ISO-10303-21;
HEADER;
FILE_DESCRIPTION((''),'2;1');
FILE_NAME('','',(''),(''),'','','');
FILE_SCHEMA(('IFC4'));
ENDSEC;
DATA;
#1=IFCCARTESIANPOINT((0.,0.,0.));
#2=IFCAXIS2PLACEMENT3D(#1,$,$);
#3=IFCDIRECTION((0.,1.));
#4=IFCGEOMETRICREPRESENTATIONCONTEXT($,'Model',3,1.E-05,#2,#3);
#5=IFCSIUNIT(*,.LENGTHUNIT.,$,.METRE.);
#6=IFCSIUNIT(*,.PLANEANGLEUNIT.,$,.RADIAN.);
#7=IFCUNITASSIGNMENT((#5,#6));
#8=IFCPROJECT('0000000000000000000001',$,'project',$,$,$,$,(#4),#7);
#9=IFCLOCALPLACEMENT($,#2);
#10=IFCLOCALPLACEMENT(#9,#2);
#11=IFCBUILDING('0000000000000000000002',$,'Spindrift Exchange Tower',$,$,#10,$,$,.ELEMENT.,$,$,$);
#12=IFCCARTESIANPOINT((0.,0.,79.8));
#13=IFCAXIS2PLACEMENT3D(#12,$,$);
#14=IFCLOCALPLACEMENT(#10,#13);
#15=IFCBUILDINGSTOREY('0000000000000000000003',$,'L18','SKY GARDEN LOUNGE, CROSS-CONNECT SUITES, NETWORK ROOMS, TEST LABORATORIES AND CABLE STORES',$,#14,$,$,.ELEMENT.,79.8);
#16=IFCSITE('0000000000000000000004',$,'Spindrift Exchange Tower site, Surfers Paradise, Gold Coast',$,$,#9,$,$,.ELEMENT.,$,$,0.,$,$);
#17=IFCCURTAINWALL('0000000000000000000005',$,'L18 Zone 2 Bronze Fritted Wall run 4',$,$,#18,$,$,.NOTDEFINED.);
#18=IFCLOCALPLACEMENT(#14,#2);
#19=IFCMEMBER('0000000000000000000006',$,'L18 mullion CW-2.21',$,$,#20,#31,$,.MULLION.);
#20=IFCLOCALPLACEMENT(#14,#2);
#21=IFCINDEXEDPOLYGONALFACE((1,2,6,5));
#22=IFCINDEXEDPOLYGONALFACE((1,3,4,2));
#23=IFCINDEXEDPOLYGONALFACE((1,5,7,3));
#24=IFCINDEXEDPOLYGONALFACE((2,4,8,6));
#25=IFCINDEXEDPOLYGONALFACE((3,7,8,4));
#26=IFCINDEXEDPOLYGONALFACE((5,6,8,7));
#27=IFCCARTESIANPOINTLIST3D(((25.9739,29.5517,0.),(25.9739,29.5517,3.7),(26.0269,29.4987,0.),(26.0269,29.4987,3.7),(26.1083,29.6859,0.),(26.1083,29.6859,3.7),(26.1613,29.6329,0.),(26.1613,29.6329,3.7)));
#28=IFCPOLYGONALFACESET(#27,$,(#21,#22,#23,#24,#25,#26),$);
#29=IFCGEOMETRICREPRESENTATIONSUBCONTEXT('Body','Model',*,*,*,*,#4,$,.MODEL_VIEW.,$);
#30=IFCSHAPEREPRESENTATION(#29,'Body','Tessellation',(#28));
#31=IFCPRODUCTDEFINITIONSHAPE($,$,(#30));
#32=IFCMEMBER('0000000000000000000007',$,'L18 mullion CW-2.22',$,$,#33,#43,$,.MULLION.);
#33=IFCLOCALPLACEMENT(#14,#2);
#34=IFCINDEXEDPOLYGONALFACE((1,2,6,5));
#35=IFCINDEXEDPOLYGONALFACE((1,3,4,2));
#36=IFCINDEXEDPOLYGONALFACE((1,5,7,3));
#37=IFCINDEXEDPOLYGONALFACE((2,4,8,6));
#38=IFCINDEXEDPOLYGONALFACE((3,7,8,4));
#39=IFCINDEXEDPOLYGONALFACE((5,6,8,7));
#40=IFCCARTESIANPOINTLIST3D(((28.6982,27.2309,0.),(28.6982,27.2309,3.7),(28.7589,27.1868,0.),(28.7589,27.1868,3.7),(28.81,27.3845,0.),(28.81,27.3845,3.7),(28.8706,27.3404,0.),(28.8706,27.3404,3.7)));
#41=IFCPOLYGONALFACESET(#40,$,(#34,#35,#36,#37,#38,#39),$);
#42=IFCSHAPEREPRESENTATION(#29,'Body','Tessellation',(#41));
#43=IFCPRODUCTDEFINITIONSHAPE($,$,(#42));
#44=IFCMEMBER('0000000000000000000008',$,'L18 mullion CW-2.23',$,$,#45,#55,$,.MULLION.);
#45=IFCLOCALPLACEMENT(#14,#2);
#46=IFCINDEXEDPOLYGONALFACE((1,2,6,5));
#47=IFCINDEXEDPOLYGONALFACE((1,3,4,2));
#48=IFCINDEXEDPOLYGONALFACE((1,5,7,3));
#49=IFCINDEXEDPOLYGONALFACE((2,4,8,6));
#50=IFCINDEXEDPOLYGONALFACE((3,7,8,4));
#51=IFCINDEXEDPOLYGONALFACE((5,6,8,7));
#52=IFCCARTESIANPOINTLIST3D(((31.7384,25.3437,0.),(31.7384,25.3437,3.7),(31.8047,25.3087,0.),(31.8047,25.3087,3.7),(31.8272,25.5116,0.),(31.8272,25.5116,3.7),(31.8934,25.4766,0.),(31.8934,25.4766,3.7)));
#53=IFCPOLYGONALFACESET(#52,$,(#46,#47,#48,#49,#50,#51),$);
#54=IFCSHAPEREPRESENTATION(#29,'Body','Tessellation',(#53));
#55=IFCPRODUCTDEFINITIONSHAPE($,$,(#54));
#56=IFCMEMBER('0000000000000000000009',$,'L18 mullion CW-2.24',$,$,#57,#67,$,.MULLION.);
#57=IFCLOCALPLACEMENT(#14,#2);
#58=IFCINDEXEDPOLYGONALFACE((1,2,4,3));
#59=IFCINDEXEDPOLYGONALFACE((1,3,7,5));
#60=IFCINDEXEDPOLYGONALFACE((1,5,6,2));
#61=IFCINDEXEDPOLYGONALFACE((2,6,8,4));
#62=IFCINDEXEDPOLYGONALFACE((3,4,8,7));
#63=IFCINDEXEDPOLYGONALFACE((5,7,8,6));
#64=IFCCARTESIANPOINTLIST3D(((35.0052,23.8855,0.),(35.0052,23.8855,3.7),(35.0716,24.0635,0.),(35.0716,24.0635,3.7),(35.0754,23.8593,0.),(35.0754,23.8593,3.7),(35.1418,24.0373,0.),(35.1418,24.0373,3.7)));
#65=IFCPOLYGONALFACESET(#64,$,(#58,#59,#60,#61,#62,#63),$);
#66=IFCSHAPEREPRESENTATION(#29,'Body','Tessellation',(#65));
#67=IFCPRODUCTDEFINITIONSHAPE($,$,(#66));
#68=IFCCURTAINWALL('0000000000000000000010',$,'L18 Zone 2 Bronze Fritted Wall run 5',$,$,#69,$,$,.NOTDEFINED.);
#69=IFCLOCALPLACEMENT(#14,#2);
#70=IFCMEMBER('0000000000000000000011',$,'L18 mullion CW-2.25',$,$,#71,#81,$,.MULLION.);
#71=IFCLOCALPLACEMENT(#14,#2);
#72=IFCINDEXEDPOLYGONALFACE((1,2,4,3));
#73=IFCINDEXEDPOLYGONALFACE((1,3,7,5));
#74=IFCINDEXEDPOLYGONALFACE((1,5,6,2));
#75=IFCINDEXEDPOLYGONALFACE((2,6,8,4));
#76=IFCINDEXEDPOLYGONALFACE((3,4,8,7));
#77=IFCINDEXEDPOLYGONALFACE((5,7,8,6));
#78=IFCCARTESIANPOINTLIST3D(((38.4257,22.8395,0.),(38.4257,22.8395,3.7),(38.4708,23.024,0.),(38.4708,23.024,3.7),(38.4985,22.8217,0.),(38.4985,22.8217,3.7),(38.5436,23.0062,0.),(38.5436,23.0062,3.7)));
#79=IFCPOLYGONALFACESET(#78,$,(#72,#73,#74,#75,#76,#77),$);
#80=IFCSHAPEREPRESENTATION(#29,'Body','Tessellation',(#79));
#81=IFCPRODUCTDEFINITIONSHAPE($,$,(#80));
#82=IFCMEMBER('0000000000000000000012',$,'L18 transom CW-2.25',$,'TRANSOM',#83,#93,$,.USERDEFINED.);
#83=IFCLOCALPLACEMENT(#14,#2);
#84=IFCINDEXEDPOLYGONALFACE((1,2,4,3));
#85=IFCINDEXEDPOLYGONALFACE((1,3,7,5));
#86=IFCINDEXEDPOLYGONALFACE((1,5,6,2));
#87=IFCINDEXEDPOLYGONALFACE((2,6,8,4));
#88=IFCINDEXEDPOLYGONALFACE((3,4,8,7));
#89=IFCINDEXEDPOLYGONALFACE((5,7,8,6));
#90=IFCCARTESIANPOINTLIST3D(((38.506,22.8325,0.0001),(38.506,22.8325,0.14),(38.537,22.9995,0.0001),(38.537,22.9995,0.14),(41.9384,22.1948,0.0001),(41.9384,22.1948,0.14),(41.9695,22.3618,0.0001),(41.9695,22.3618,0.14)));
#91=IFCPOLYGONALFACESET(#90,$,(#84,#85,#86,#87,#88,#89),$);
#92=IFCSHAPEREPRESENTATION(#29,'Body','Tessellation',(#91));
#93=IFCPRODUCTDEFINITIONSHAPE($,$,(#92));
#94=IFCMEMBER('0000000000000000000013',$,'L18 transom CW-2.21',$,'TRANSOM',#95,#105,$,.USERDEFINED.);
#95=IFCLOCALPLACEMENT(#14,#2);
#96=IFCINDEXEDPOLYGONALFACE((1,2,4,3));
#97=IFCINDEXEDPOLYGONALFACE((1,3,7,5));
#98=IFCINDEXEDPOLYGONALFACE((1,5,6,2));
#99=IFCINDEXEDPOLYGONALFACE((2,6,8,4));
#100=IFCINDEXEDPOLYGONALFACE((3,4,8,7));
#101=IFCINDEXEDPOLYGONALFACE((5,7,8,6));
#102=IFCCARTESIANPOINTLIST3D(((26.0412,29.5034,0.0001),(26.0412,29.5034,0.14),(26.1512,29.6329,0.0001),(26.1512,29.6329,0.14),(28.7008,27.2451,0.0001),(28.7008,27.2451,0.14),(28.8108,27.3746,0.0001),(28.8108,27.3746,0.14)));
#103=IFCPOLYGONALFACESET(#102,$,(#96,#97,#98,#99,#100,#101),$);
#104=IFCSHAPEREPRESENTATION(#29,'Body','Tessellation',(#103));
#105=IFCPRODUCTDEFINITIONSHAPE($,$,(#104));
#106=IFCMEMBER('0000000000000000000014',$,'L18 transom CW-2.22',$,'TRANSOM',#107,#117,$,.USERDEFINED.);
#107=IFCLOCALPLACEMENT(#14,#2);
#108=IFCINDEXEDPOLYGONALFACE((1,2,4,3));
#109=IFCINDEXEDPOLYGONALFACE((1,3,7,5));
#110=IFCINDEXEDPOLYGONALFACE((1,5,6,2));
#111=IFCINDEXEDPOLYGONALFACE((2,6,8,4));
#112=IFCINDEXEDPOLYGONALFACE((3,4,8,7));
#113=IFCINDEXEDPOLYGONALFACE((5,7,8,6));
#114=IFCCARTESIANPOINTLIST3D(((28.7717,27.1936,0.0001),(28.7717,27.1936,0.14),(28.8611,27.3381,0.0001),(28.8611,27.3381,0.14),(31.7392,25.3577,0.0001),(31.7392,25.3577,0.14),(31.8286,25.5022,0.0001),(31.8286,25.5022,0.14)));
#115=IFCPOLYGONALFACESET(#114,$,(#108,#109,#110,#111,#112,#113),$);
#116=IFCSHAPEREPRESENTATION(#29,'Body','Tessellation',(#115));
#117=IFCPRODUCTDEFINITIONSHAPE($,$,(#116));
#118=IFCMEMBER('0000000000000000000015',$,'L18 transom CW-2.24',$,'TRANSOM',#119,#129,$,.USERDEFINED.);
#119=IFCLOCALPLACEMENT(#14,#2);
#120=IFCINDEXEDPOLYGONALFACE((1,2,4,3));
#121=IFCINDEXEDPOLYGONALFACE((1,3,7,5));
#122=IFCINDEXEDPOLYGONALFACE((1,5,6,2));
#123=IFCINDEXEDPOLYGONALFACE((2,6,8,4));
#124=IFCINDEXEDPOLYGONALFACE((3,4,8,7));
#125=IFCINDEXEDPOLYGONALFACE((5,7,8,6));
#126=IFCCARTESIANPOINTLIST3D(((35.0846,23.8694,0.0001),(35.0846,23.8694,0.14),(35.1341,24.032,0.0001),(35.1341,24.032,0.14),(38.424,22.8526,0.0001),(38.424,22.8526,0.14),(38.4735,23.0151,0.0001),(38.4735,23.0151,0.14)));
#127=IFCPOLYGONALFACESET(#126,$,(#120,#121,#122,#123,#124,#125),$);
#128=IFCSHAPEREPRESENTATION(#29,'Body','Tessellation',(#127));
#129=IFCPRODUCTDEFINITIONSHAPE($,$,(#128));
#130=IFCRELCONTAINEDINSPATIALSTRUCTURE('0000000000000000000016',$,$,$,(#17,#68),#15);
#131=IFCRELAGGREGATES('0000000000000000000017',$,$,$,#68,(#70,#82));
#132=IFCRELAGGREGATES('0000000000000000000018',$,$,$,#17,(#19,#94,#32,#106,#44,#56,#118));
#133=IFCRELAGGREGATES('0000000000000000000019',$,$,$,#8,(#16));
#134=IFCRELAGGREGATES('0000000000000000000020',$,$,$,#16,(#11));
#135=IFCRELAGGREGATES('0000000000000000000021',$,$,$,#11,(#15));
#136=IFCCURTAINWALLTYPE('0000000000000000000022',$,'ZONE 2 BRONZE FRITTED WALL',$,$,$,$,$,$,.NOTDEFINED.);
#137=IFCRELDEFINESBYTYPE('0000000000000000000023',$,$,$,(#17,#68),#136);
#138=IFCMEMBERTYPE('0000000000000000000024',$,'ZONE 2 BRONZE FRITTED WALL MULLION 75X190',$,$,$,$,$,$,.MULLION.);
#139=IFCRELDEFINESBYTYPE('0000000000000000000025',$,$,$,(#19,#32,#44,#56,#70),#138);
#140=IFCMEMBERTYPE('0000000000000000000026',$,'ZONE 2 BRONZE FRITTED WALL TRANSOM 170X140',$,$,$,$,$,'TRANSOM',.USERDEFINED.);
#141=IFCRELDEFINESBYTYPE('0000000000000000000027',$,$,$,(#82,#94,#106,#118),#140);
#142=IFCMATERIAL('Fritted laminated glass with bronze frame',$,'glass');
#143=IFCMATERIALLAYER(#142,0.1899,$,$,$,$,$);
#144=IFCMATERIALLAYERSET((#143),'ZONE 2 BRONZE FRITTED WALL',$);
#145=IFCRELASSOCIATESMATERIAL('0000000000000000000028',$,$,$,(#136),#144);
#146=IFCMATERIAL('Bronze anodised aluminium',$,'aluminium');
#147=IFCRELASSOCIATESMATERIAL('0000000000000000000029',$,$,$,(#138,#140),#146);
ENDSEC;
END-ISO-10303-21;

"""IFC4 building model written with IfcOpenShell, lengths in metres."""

from ifc_helpers import new_model, si_unit, direction, frame, origin, origin_2d, place, context, subcontext, project, spatial, rectangle, extrude, source, transform, mapped, material, layer, layer_set, material_profile, profile_set, type_object, element, aggregate, save


model = new_model("IFC4")

# Units and contexts
model_context = context("Model", 3, precision=1e-05, world=origin(), true_north=direction((0.0, 1.0)))
body_context = subcontext(model_context, "Body", "Model", "MODEL_VIEW")
ifc_project = project(units=[si_unit("LENGTHUNIT", "METRE"), si_unit("PLANEANGLEUNIT", "RADIAN")], contexts=[model_context])

# Site, building, storey
site_placement = place(None, origin())
site = spatial("IfcSite", under=ifc_project, at=site_placement, Name="Spindrift Exchange Tower site, Surfers Paradise, Gold Coast", CompositionType="ELEMENT", RefElevation=0.0)
building_placement = place(site_placement, origin())
building = spatial("IfcBuilding", under=site, at=building_placement, Name="Spindrift Exchange Tower", CompositionType="ELEMENT")
storey_placement = place(building_placement, frame((0.0, 0.0, 79.8)))
storey = spatial("IfcBuildingStorey", under=building, at=storey_placement, Name="L18", Description="SKY GARDEN LOUNGE, CROSS-CONNECT SUITES, NETWORK ROOMS, TEST LABORATORIES AND CABLE STORES", CompositionType="ELEMENT", Elevation=79.8)

# Curtain walls, members
ifc_material_1 = material(Name="Fritted laminated glass with bronze frame", Category="glass")
ifc_layer_1 = layer(ifc_material_1, 0.1899)
ifc_layer_set_1 = layer_set([ifc_layer_1], Name="ZONE 2 BRONZE FRITTED WALL")
curtain_wall_type = type_object("IfcCurtainWallType", Name="ZONE 2 BRONZE FRITTED WALL", PredefinedType="NOTDEFINED", material=ifc_layer_set_1)
curtain_wall_1_placement = place(storey_placement, origin())
curtain_wall_1 = element("IfcCurtainWall", 1, at=curtain_wall_1_placement, inside=storey, type_object=curtain_wall_type, Name="L18 Zone 2 Bronze Fritted Wall run 4", PredefinedType="NOTDEFINED")
ifc_material_2 = material(Name="Bronze anodised aluminium", Category="aluminium")
ifc_material_profile_1 = material_profile(ifc_material_2, rectangle(XDim=0.075, YDim=0.1899, at=origin_2d()), Name="ZONE 2 BRONZE FRITTED WALL MULLION 75X190")
ifc_profile_set_1 = profile_set([ifc_material_profile_1], Name="Bronze anodised aluminium")
member_type_1 = type_object("IfcMemberType", Name="ZONE 2 BRONZE FRITTED WALL MULLION 75X190", PredefinedType="MULLION", material=ifc_profile_set_1)
shared_shape_1 = source(origin(), body_context, "Body", "SweptSolid", [
    extrude(rectangle(XDim=0.075, YDim=0.1899, at=origin_2d()), origin(), (0.0, 0.0, 1.0), 3.7),
])
member_1_placement = place(storey_placement, frame((26.0676, 29.5923, 0.0), z_axis=(0.0, 0.0, 1.0), x_axis=(0.706609, -0.707604, 0.0)))
member_1 = element("IfcMember", 2, at=member_1_placement, type_object=member_type_1, Name="L18 mullion CW-2.21", PredefinedType="MULLION", context=body_context, shape_type="MappedRepresentation", body=[
    mapped(shared_shape_1, transform((0.0, 0.0, 0.0), scale=1.0)),
])
member_2_placement = place(storey_placement, frame((28.7844, 27.2856, 0.0), z_axis=(0.0, 0.0, 1.0), x_axis=(0.808612, -0.588342, 0.0)))
member_2 = element("IfcMember", 3, at=member_2_placement, type_object=member_type_1, Name="L18 mullion CW-2.22", PredefinedType="MULLION", context=body_context, shape_type="MappedRepresentation", body=[
    mapped(shared_shape_1, transform((0.0, 0.0, 0.0), scale=1.0)),
])
member_3_placement = place(storey_placement, frame((31.8159, 25.4102, 0.0), z_axis=(0.0, 0.0, 1.0), x_axis=(0.884103, -0.467292, 0.0)))
member_3 = element("IfcMember", 4, at=member_3_placement, type_object=member_type_1, Name="L18 mullion CW-2.23", PredefinedType="MULLION", context=body_context, shape_type="MappedRepresentation", body=[
    mapped(shared_shape_1, transform((0.0, 0.0, 0.0), scale=1.0)),
])
member_4_placement = place(storey_placement, frame((35.0735, 23.9614, 0.0), z_axis=(0.0, 0.0, 1.0), x_axis=(0.93695, -0.349462, 0.0)))
member_4 = element("IfcMember", 5, at=member_4_placement, type_object=member_type_1, Name="L18 mullion CW-2.24", PredefinedType="MULLION", context=body_context, shape_type="MappedRepresentation", body=[
    mapped(shared_shape_1, transform((0.0, 0.0, 0.0), scale=1.0)),
])
curtain_wall_2_placement = place(storey_placement, origin())
curtain_wall_2 = element("IfcCurtainWall", 6, at=curtain_wall_2_placement, inside=storey, type_object=curtain_wall_type, Name="L18 Zone 2 Bronze Fritted Wall run 5", PredefinedType="NOTDEFINED")
member_5_placement = place(storey_placement, frame((38.4846, 22.9229, 0.0), z_axis=(0.0, 0.0, 1.0), x_axis=(0.971422, -0.237358, 0.0)))
member_5 = element("IfcMember", 7, at=member_5_placement, type_object=member_type_1, Name="L18 mullion CW-2.25", PredefinedType="MULLION", context=body_context, shape_type="MappedRepresentation", body=[
    mapped(shared_shape_1, transform((0.0, 0.0, 0.0), scale=1.0)),
])
ifc_material_profile_2 = material_profile(ifc_material_2, rectangle(XDim=0.1699, YDim=0.1399, at=origin_2d()), Name="ZONE 2 BRONZE FRITTED WALL TRANSOM 170X140")
ifc_profile_set_2 = profile_set([ifc_material_profile_2], Name="Bronze anodised aluminium")
member_type_2 = type_object("IfcMemberType", Name="ZONE 2 BRONZE FRITTED WALL TRANSOM 170X140", ElementType="TRANSOM", PredefinedType="USERDEFINED", material=ifc_profile_set_2)
shared_shape_2 = source(origin(), body_context, "Body", "SweptSolid", [
    extrude(rectangle(XDim=0.1699, YDim=0.1399, at=origin_2d()), origin(), (0.0, 0.0, 1.0), 3.4912),
])
member_6_placement = place(storey_placement, frame((38.5215, 22.916, 0.0701), z_axis=(0.983176, -0.182663, 0.0), x_axis=(0.182663, 0.983176, 0.0)))
member_6 = element("IfcMember", 8, at=member_6_placement, type_object=member_type_2, Name="L18 transom CW-2.25", ObjectType="TRANSOM", PredefinedType="USERDEFINED", context=body_context, shape_type="MappedRepresentation", body=[
    mapped(shared_shape_2, transform((0.0, 0.0, 0.0), scale=1.0)),
])
aggregate(curtain_wall_2, [member_5, member_6])

# Members
shared_shape_3 = source(origin(), body_context, "Body", "SweptSolid", [
    extrude(rectangle(XDim=0.1699, YDim=0.1399, at=origin_2d()), origin(), (0.0, 0.0, 1.0), 3.489),
])
member_7_placement = place(storey_placement, frame((26.0962, 29.5681, 0.0701), z_axis=(0.762281, -0.647246, 0.0), x_axis=(0.647246, 0.762281, 0.0)))
member_7 = element("IfcMember", 9, at=member_7_placement, type_object=member_type_2, Name="L18 transom CW-2.21", ObjectType="TRANSOM", PredefinedType="USERDEFINED", context=body_context, shape_type="MappedRepresentation", body=[
    mapped(shared_shape_3, transform((0.0, 0.0, 0.0), scale=1.0)),
])
shared_shape_4 = source(origin(), body_context, "Body", "SweptSolid", [
    extrude(rectangle(XDim=0.1699, YDim=0.1399, at=origin_2d()), origin(), (0.0, 0.0, 1.0), 3.4895),
])
member_8_placement = place(storey_placement, frame((28.8164, 27.2659, 0.0701), z_axis=(0.850407, -0.526126, 0.0), x_axis=(0.526126, 0.850407, 0.0)))
member_8 = element("IfcMember", 10, at=member_8_placement, type_object=member_type_2, Name="L18 transom CW-2.22", ObjectType="TRANSOM", PredefinedType="USERDEFINED", context=body_context, shape_type="MappedRepresentation", body=[
    mapped(shared_shape_4, transform((0.0, 0.0, 0.0), scale=1.0)),
])
shared_shape_5 = source(origin(), body_context, "Body", "SweptSolid", [
    extrude(rectangle(XDim=0.1699, YDim=0.1399, at=origin_2d()), origin(), (0.0, 0.0, 1.0), 3.4907),
])
member_9_placement = place(storey_placement, frame((35.1094, 23.9507, 0.0701), z_axis=(0.956632, -0.291298, 0.0), x_axis=(0.291298, 0.956632, 0.0)))
member_9 = element("IfcMember", 11, at=member_9_placement, type_object=member_type_2, Name="L18 transom CW-2.24", ObjectType="TRANSOM", PredefinedType="USERDEFINED", context=body_context, shape_type="MappedRepresentation", body=[
    mapped(shared_shape_5, transform((0.0, 0.0, 0.0), scale=1.0)),
])

aggregate(curtain_wall_1, [member_1, member_7, member_2, member_8, member_3, member_4, member_9])

save(model, "model.ifc")
